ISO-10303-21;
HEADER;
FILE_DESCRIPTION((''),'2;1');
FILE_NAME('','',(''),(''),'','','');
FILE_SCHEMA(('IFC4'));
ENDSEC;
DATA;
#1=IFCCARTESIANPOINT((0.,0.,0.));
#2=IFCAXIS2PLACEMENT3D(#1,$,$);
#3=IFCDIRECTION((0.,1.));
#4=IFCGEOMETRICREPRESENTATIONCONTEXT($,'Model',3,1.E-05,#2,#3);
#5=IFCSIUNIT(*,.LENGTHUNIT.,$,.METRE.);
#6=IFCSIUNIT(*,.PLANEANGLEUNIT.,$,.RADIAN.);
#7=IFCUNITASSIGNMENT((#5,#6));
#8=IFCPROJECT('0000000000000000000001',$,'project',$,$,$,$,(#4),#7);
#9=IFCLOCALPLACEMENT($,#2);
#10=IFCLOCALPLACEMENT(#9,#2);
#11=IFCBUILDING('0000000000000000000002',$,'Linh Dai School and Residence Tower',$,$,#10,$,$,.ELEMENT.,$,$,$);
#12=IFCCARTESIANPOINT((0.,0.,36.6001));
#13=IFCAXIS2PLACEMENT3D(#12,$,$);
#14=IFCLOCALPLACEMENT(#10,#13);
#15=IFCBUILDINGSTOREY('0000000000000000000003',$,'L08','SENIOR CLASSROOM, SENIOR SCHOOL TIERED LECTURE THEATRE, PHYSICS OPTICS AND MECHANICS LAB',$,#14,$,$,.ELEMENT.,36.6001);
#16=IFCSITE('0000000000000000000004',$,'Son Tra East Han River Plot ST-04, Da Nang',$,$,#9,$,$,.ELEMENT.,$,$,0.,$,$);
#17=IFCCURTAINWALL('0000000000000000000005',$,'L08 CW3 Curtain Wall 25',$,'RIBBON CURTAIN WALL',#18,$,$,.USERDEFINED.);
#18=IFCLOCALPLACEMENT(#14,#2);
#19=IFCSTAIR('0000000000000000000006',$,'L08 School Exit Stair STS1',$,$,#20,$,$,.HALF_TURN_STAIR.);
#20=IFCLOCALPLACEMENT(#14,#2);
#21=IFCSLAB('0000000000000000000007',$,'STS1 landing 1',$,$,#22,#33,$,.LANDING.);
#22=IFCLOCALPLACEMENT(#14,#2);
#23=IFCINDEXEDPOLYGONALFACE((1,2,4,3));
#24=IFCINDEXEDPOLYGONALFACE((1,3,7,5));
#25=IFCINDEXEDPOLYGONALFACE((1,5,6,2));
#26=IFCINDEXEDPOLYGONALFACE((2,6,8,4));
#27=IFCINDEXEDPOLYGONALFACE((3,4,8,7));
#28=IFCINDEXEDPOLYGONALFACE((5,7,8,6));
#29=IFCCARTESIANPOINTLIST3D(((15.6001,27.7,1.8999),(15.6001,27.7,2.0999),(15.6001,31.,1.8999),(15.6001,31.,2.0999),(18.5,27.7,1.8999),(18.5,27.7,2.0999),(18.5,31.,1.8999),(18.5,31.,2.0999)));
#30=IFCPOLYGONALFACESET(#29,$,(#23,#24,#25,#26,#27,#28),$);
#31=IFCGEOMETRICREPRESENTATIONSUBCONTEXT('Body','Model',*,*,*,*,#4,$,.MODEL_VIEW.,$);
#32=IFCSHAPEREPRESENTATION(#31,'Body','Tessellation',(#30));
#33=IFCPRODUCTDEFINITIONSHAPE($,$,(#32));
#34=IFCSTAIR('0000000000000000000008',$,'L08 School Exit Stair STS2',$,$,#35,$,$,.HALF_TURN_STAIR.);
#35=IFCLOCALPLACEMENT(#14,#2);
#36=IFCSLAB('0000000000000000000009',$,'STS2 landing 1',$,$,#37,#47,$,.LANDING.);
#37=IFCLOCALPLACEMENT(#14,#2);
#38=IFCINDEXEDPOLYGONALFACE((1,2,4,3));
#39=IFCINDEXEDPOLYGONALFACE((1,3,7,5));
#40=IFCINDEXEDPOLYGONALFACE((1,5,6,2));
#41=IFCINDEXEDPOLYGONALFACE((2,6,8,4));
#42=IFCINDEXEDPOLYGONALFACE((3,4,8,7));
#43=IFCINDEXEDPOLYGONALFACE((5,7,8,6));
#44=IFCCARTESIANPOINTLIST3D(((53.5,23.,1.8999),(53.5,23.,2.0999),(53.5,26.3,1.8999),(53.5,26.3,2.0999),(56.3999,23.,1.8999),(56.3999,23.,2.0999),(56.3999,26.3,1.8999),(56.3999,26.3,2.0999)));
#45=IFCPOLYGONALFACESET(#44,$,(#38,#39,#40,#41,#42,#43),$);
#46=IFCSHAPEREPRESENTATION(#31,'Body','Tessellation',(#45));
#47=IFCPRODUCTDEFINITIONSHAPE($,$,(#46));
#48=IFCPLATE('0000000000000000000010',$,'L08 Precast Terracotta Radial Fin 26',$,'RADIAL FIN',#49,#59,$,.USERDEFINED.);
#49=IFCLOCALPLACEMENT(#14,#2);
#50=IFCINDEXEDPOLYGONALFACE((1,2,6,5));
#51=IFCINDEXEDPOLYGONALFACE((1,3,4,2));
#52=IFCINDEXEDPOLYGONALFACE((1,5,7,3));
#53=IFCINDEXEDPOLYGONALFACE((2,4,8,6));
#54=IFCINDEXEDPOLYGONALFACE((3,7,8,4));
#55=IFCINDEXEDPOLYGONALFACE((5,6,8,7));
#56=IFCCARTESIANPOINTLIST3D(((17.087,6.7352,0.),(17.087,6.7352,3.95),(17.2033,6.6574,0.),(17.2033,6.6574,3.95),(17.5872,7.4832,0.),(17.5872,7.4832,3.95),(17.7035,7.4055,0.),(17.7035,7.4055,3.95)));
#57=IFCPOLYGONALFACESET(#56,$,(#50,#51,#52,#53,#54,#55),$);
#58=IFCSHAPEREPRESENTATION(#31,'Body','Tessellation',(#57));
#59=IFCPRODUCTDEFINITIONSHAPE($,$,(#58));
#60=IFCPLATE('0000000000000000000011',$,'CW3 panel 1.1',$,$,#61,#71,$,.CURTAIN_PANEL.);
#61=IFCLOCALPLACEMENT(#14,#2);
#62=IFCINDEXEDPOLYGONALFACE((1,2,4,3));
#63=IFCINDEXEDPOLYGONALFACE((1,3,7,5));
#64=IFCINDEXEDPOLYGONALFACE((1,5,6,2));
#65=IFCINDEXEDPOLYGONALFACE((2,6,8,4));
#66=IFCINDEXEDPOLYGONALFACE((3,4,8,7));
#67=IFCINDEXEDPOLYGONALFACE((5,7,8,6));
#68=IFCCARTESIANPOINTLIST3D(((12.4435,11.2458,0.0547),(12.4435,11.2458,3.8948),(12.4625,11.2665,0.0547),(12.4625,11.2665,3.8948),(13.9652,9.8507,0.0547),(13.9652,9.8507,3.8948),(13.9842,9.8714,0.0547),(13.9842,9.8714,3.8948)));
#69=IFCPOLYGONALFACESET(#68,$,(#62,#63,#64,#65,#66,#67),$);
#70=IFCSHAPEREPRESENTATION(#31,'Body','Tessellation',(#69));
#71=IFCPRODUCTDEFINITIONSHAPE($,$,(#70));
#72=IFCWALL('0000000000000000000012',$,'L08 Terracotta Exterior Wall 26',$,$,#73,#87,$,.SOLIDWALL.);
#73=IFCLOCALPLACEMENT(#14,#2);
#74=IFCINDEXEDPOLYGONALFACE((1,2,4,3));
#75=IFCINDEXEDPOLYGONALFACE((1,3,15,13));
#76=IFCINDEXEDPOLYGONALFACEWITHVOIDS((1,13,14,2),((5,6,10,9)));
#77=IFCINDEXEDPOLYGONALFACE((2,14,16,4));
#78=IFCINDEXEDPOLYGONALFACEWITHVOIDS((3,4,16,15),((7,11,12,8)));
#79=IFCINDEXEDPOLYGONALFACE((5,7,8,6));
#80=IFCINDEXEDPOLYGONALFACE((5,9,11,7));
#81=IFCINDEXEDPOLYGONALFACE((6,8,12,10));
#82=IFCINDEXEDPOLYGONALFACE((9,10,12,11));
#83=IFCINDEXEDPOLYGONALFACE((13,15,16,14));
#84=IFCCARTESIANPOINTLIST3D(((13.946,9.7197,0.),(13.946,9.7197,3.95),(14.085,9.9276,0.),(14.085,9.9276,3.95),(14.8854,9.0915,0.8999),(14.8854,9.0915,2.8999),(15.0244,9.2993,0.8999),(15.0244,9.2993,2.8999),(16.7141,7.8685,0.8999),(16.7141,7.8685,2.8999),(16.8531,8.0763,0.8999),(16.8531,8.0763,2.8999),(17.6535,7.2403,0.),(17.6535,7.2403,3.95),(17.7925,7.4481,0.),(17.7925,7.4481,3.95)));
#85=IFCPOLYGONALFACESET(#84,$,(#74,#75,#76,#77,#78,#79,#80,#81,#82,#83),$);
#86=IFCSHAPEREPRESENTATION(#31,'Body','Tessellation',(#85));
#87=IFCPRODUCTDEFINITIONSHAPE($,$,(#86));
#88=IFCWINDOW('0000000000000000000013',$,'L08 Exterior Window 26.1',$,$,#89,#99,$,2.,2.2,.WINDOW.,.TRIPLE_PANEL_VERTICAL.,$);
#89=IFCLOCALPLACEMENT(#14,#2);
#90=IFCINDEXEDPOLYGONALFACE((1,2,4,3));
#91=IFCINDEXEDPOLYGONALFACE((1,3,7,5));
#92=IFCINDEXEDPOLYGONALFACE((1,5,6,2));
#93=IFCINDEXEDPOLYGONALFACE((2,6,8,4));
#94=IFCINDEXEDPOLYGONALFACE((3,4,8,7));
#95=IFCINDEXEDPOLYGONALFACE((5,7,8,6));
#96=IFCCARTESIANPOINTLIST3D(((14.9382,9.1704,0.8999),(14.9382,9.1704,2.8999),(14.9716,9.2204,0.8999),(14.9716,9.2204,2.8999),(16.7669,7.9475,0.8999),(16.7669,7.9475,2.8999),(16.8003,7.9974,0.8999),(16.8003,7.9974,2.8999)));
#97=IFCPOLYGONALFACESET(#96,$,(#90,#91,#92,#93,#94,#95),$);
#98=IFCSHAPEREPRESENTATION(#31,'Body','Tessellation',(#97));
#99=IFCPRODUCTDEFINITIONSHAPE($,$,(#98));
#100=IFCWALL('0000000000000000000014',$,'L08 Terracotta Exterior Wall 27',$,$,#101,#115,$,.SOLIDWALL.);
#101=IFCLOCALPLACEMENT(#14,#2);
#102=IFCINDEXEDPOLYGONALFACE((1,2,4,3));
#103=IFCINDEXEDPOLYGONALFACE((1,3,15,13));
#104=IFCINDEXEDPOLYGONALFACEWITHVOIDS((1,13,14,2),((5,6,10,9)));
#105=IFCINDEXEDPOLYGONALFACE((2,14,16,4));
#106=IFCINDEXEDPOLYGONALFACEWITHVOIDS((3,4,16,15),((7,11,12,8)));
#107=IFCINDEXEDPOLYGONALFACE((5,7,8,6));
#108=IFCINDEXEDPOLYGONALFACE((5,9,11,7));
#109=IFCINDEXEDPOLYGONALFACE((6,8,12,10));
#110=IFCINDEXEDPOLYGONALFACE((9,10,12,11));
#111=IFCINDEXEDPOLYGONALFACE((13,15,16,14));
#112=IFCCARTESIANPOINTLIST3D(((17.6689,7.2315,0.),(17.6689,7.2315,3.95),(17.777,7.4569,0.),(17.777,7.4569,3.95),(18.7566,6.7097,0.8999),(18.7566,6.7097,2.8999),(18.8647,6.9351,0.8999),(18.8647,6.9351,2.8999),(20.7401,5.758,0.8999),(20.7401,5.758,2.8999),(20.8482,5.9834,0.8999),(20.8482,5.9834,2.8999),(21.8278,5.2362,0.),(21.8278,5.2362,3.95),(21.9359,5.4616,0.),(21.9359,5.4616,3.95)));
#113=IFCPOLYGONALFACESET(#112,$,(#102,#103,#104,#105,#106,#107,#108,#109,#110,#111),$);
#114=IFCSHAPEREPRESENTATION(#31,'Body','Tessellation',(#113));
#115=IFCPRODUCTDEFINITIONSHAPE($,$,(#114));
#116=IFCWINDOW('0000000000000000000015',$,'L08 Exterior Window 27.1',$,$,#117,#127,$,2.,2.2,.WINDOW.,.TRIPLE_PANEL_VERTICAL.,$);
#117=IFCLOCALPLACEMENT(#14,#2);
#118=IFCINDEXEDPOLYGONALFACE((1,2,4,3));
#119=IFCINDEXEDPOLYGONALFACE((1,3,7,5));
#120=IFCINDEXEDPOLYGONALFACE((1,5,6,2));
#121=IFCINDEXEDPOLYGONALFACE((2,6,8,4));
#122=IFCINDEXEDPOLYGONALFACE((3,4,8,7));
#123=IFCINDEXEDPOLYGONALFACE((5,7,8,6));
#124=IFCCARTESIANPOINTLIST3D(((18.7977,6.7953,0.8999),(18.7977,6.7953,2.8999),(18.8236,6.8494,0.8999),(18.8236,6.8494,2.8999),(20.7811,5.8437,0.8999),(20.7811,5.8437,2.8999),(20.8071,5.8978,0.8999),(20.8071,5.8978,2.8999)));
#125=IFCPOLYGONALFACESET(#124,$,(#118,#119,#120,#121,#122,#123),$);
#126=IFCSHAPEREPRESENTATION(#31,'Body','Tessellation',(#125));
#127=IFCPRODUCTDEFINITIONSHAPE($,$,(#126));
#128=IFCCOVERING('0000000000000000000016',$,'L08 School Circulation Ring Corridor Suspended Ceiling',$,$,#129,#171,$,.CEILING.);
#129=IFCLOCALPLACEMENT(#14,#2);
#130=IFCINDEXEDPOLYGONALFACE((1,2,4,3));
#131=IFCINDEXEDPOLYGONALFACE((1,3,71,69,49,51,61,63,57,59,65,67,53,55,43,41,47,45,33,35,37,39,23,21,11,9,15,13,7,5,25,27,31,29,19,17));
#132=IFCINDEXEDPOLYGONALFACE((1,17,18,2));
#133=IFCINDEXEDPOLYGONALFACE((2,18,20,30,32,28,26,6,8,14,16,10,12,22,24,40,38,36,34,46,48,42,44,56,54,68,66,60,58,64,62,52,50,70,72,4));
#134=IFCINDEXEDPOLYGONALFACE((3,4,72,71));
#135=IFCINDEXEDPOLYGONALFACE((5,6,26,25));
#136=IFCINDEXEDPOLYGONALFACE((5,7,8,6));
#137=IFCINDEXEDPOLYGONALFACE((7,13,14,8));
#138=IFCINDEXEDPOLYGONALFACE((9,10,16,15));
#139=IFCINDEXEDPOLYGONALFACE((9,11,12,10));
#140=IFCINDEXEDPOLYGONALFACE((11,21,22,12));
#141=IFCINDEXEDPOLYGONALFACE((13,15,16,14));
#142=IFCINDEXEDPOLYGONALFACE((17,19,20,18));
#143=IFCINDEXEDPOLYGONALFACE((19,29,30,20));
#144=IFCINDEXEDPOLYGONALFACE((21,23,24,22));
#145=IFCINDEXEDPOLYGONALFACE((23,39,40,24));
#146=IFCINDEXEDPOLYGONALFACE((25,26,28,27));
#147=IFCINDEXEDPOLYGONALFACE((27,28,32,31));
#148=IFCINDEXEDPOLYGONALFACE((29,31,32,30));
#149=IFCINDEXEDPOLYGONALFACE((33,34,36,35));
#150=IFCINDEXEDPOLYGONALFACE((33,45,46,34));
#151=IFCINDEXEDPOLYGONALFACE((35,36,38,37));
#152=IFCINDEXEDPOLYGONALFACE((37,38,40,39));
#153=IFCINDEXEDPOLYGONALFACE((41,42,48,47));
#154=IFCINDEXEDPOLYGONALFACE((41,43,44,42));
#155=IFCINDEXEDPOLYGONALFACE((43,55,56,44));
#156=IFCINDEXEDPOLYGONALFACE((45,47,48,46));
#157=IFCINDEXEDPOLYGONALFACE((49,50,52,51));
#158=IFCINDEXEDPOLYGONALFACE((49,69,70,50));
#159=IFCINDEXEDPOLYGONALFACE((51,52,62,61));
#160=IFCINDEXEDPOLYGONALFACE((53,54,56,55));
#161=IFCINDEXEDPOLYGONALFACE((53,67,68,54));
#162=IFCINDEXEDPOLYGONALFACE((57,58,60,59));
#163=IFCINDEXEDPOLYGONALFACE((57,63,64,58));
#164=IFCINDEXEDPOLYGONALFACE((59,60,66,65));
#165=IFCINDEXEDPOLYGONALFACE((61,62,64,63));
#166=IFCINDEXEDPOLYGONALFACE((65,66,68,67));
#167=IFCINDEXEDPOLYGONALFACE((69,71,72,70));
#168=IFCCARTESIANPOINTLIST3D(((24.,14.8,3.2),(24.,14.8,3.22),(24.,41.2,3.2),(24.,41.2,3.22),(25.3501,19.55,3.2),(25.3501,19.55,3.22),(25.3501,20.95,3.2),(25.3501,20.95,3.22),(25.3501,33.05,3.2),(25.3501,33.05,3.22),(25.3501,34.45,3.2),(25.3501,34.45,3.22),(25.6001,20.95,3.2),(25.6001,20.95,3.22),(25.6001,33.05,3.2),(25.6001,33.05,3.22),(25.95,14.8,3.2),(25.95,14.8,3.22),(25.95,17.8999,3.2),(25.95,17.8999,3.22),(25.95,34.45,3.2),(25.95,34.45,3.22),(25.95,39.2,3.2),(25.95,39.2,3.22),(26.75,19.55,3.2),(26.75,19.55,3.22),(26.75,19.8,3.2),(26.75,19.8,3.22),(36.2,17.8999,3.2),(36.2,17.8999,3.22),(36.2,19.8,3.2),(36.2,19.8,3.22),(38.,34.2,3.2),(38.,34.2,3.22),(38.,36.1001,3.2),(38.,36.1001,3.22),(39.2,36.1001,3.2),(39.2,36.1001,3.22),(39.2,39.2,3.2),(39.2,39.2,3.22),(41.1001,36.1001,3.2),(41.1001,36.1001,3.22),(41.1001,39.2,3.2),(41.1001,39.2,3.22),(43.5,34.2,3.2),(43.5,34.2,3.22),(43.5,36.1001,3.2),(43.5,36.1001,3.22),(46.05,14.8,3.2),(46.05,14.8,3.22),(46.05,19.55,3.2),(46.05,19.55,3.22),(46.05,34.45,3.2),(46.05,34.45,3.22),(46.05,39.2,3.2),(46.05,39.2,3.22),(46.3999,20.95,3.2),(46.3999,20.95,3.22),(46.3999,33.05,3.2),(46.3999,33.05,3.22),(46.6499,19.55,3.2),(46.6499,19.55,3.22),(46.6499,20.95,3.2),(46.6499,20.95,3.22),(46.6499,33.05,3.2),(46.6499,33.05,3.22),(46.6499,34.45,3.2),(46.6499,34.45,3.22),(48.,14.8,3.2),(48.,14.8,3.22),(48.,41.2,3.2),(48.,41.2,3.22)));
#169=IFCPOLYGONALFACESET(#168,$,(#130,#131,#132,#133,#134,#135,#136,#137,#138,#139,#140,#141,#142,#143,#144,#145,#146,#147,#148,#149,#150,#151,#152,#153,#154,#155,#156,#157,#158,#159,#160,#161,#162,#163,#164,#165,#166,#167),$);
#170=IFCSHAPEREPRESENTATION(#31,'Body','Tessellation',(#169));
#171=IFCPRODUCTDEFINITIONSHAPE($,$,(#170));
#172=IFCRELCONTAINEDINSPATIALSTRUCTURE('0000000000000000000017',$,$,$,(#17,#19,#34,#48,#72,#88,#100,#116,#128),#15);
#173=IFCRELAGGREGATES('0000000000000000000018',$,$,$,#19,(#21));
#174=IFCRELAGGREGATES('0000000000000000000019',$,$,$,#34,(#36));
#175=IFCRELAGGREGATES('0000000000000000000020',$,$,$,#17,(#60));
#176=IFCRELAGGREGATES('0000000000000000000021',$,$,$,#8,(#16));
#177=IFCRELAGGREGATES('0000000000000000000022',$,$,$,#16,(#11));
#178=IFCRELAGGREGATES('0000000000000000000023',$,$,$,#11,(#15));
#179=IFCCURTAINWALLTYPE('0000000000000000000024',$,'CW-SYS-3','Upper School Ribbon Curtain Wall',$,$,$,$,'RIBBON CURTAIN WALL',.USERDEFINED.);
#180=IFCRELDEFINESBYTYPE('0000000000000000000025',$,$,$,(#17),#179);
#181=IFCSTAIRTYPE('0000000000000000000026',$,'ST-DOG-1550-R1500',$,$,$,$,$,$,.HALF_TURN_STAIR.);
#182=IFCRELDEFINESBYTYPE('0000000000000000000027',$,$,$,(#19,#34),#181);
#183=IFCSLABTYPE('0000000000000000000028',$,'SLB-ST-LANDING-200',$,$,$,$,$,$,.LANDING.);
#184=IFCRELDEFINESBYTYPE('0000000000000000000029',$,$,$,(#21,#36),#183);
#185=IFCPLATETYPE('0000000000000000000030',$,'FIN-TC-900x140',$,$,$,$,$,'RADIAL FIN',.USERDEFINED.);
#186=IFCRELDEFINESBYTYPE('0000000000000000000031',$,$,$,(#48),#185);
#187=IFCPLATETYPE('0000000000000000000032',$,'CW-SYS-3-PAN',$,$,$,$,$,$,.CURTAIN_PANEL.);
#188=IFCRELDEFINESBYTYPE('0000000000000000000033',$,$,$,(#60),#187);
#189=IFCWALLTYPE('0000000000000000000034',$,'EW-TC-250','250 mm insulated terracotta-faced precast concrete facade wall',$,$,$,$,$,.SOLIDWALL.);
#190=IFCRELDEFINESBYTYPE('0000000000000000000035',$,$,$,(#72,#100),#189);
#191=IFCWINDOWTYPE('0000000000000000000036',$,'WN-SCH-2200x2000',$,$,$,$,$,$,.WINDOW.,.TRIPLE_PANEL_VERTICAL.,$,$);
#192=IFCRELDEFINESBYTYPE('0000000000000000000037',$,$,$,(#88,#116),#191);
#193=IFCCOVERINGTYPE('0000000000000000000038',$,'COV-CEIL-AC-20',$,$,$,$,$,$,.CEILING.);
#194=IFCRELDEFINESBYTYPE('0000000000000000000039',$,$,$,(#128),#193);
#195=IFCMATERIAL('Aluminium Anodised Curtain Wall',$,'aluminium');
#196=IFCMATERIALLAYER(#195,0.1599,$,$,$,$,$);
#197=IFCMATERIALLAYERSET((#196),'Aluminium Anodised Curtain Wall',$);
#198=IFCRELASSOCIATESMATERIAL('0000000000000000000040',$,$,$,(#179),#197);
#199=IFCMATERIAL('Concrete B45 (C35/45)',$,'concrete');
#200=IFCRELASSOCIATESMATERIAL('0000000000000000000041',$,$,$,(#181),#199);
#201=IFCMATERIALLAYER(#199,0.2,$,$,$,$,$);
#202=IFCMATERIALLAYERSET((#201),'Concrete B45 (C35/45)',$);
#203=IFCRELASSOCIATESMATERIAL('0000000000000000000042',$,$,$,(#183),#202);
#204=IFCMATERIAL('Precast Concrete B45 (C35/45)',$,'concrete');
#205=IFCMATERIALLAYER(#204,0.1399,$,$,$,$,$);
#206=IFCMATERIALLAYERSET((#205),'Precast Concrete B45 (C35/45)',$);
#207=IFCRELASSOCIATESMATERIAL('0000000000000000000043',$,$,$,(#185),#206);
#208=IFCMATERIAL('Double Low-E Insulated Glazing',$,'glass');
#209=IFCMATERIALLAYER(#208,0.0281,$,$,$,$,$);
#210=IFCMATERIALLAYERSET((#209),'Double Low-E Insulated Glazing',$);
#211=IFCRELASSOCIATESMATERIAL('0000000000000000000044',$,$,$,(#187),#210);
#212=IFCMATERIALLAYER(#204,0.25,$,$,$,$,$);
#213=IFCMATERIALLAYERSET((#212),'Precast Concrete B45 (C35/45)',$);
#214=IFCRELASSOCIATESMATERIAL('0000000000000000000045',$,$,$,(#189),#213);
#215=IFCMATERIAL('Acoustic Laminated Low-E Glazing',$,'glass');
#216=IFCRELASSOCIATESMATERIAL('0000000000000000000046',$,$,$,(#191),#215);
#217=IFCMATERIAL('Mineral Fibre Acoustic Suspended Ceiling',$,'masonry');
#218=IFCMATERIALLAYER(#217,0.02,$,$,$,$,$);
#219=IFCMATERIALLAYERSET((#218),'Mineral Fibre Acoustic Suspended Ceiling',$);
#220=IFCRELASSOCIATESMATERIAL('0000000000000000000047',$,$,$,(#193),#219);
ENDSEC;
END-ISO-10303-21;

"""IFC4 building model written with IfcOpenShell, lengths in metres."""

from ifc_helpers import new_model, si_unit, direction, frame, frame_2d, origin, origin_2d, place, context, subcontext, project, spatial, polyline, rectangle, outline, extrude, source, transform, mapped, material, layer, layer_set, type_object, element, fill, aggregate, save


model = new_model("IFC4")

# Units and contexts
model_context = context("Model", 3, precision=1e-05, world=origin(), true_north=direction((0.0, 1.0)))
body_context = subcontext(model_context, "Body", "Model", "MODEL_VIEW")
ifc_project = project(units=[si_unit("LENGTHUNIT", "METRE"), si_unit("PLANEANGLEUNIT", "RADIAN")], contexts=[model_context])

# Site, building, storey
site_placement = place(None, origin())
site = spatial("IfcSite", under=ifc_project, at=site_placement, Name="Son Tra East Han River Plot ST-04, Da Nang", CompositionType="ELEMENT", RefElevation=0.0)
building_placement = place(site_placement, origin())
building = spatial("IfcBuilding", under=site, at=building_placement, Name="Linh Dai School and Residence Tower", CompositionType="ELEMENT")
storey_placement = place(building_placement, frame((0.0, 0.0, 36.6001)))
storey = spatial("IfcBuildingStorey", under=building, at=storey_placement, Name="L08", Description="SENIOR CLASSROOM, SENIOR SCHOOL TIERED LECTURE THEATRE, PHYSICS OPTICS AND MECHANICS LAB", CompositionType="ELEMENT", Elevation=36.6001)

# Curtain wall
ifc_material_1 = material(Name="Aluminium Anodised Curtain Wall", Category="aluminium")
ifc_layer_1 = layer(ifc_material_1, 0.1599)
ifc_layer_set_1 = layer_set([ifc_layer_1], Name="Aluminium Anodised Curtain Wall")
curtain_wall_type = type_object("IfcCurtainWallType", Name="CW-SYS-3", Description="Upper School Ribbon Curtain Wall", ElementType="RIBBON CURTAIN WALL", PredefinedType="USERDEFINED", material=ifc_layer_set_1)
curtain_wall_placement = place(storey_placement, origin())
curtain_wall = element("IfcCurtainWall", 1, at=curtain_wall_placement, inside=storey, type_object=curtain_wall_type, Name="L08 CW3 Curtain Wall 25", ObjectType="RIBBON CURTAIN WALL", PredefinedType="USERDEFINED")

# Shared definitions
ifc_material_2 = material(Name="Concrete B45 (C35/45)", Category="concrete")

# Stairs, slabs
stair_type = type_object("IfcStairType", Name="ST-DOG-1550-R1500", PredefinedType="HALF_TURN_STAIR", material=ifc_material_2)
ifc_layer_2 = layer(ifc_material_2, 0.2)
ifc_layer_set_2 = layer_set([ifc_layer_2], Name="Concrete B45 (C35/45)")
slab_type_1 = type_object("IfcSlabType", Name="SLB-ST-LANDING-200", PredefinedType="LANDING", material=ifc_layer_set_2)
stair_1_placement = place(storey_placement, origin())
stair_1 = element("IfcStair", 2, at=stair_1_placement, inside=storey, type_object=stair_type, Name="L08 School Exit Stair STS1", PredefinedType="HALF_TURN_STAIR")
slab_1_placement = place(storey_placement, frame((0.0, 0.0, 1.8999)))
slab_1 = element("IfcSlab", 3, at=slab_1_placement, type_object=slab_type_1, Name="STS1 landing 1", PredefinedType="LANDING", context=body_context, shape_type="SweptSolid", body=[
    extrude(outline(polyline([(18.5, 31.0), (15.6001, 31.0), (15.6001, 27.7), (18.5, 27.7), (18.5, 31.0)])), origin(), (0.0, 0.0, 1.0), 0.2),
])
aggregate(stair_1, [slab_1])
stair_2_placement = place(storey_placement, origin())
stair_2 = element("IfcStair", 4, at=stair_2_placement, inside=storey, type_object=stair_type, Name="L08 School Exit Stair STS2", PredefinedType="HALF_TURN_STAIR")
slab_2_placement = place(storey_placement, frame((0.0, 0.0, 1.8999)))
slab_2 = element("IfcSlab", 5, at=slab_2_placement, type_object=slab_type_1, Name="STS2 landing 1", PredefinedType="LANDING", context=body_context, shape_type="SweptSolid", body=[
    extrude(outline(polyline([(53.5, 23.0), (56.3999, 23.0), (56.3999, 26.3), (53.5, 26.3), (53.5, 23.0)])), origin(), (0.0, 0.0, 1.0), 0.2),
])
aggregate(stair_2, [slab_2])

# Plates
ifc_material_3 = material(Name="Precast Concrete B45 (C35/45)", Category="concrete")
ifc_layer_3 = layer(ifc_material_3, 0.1399)
ifc_layer_set_3 = layer_set([ifc_layer_3], Name="Precast Concrete B45 (C35/45)")
plate_type_1 = type_object("IfcPlateType", Name="FIN-TC-900x140", ElementType="RADIAL FIN", PredefinedType="USERDEFINED", material=ifc_layer_set_3)
shared_shape_1 = source(origin(), body_context, "Body", "SweptSolid", [
    extrude(rectangle(XDim=0.8999, YDim=0.1399, at=origin_2d()), origin(), (0.0, 0.0, 1.0), 3.95),
])
plate_1_placement = place(storey_placement, frame((17.3953, 7.0703, 0.0), z_axis=(0.0, 0.0, 1.0), x_axis=(-0.555898, -0.831251, 0.0)))
element("IfcPlate", 6, at=plate_1_placement, inside=storey, type_object=plate_type_1, Name="L08 Precast Terracotta Radial Fin 26", ObjectType="RADIAL FIN", PredefinedType="USERDEFINED", context=body_context, shape_type="MappedRepresentation", body=[
    mapped(shared_shape_1, transform((0.0, 0.0, 0.0), x_axis=(1.0, 0.0, 0.0), y_axis=(0.0, 1.0, 0.0), z_axis=(0.0, 0.0, 1.0), scale=1.0)),
])
ifc_material_4 = material(Name="Double Low-E Insulated Glazing", Category="glass")
ifc_layer_4 = layer(ifc_material_4, 0.0281)
ifc_layer_set_4 = layer_set([ifc_layer_4], Name="Double Low-E Insulated Glazing")
plate_type_2 = type_object("IfcPlateType", Name="CW-SYS-3-PAN", PredefinedType="CURTAIN_PANEL", material=ifc_layer_set_4)
shared_shape_2 = source(origin(), body_context, "Body", "SweptSolid", [
    extrude(rectangle(XDim=2.0645, YDim=0.0281, at=origin_2d()), origin(), (0.0, 0.0, 1.0), 3.8401),
])
plate_2_placement = place(storey_placement, frame((13.2139, 10.5586, 0.0547), z_axis=(0.0, 0.0, 1.0), x_axis=(-0.737113, 0.675769, 0.0)))
plate_2 = element("IfcPlate", 7, at=plate_2_placement, type_object=plate_type_2, Name="CW3 panel 1.1", PredefinedType="CURTAIN_PANEL", context=body_context, shape_type="MappedRepresentation", body=[
    mapped(shared_shape_2, transform((0.0, 0.0, 0.0), x_axis=(1.0, 0.0, 0.0), y_axis=(0.0, 1.0, 0.0), z_axis=(0.0, 0.0, 1.0), scale=1.0)),
])
aggregate(curtain_wall, [plate_2])

# Walls, openings, windows
ifc_layer_5 = layer(ifc_material_3, 0.25)
ifc_layer_set_5 = layer_set([ifc_layer_5], Name="Precast Concrete B45 (C35/45)")
wall_type = type_object("IfcWallType", Name="EW-TC-250", Description="250 mm insulated terracotta-faced precast concrete facade wall", PredefinedType="SOLIDWALL", material=ifc_layer_set_5)
wall_1_placement = place(storey_placement, frame((17.7229, 7.3442, 0.0), z_axis=(0.0, 0.0, 1.0), x_axis=(-0.831241, 0.555912, 0.0)))
wall_1 = element("IfcWall", 8, at=wall_1_placement, inside=storey, type_object=wall_type, Name="L08 Terracotta Exterior Wall 26", PredefinedType="SOLIDWALL", context=body_context, shape_type="SweptSolid", body=[
    extrude(rectangle(XDim=4.4602, YDim=0.25, at=frame_2d((2.23, 0.0))), origin(), (0.0, 0.0, 1.0), 3.95),
])
opening_1_placement = place(wall_1_placement, frame((1.1299, 0.0, 0.8999)))
opening_1 = element("IfcOpeningElement", 9, at=opening_1_placement, cuts=wall_1, PredefinedType="OPENING", context=body_context, shape_type="SweptSolid", body=[
    extrude(rectangle(XDim=2.2, YDim=2.0, at=origin_2d()), frame((1.1001, 0.135, 1.0), z_axis=(0.0, -1.0, 0.0), x_axis=(1.0, 0.0, 0.0)), (0.0, 0.0, 1.0), 0.27),
])
ifc_material_5 = material(Name="Acoustic Laminated Low-E Glazing", Category="glass")
window_type = type_object("IfcWindowType", Name="WN-SCH-2200x2000", PartitioningType="TRIPLE_PANEL_VERTICAL", PredefinedType="WINDOW", material=ifc_material_5)
shared_shape_3 = source(origin(), body_context, "Body", "SweptSolid", [
    extrude(rectangle(XDim=2.2, YDim=2.0, at=origin_2d()), frame((1.1001, 0.03, 1.0), z_axis=(0.0, -1.0, 0.0), x_axis=(1.0, 0.0, 0.0)), (0.0, 0.0, 1.0), 0.0601),
])
window_1_placement = place(opening_1_placement, origin())
window_1 = element("IfcWindow", 10, at=window_1_placement, inside=storey, type_object=window_type, Name="L08 Exterior Window 26.1", OverallHeight=2.0, OverallWidth=2.2, PartitioningType="TRIPLE_PANEL_VERTICAL", PredefinedType="WINDOW", context=body_context, shape_type="MappedRepresentation", body=[
    mapped(shared_shape_3, transform((0.0, 0.0, 0.0), x_axis=(1.0, 0.0, 0.0), y_axis=(0.0, 1.0, 0.0), z_axis=(0.0, 0.0, 1.0), scale=1.0)),
])
fill(opening_1, window_1)
wall_2_placement = place(storey_placement, frame((21.8818, 5.3489, 0.0), z_axis=(0.0, 0.0, 1.0), x_axis=(-0.901602, 0.432568, 0.0)))
wall_2 = element("IfcWall", 11, at=wall_2_placement, inside=storey, type_object=wall_type, Name="L08 Terracotta Exterior Wall 27", PredefinedType="SOLIDWALL", context=body_context, shape_type="SweptSolid", body=[
    extrude(rectangle(XDim=4.6128, YDim=0.25, at=frame_2d((2.3064, 0.0))), origin(), (0.0, 0.0, 1.0), 3.95),
])
opening_2_placement = place(wall_2_placement, frame((1.2063, 0.0, 0.8999)))
opening_2 = element("IfcOpeningElement", 12, at=opening_2_placement, cuts=wall_2, PredefinedType="OPENING", context=body_context, shape_type="SweptSolid", body=[
    extrude(rectangle(XDim=2.2, YDim=2.0, at=origin_2d()), frame((1.1001, 0.135, 1.0), z_axis=(0.0, -1.0, 0.0), x_axis=(1.0, 0.0, 0.0)), (0.0, 0.0, 1.0), 0.27),
])
window_2_placement = place(opening_2_placement, origin())
window_2 = element("IfcWindow", 13, at=window_2_placement, inside=storey, type_object=window_type, Name="L08 Exterior Window 27.1", OverallHeight=2.0, OverallWidth=2.2, PartitioningType="TRIPLE_PANEL_VERTICAL", PredefinedType="WINDOW", context=body_context, shape_type="MappedRepresentation", body=[
    mapped(shared_shape_3, transform((0.0, 0.0, 0.0), x_axis=(1.0, 0.0, 0.0), y_axis=(0.0, 1.0, 0.0), z_axis=(0.0, 0.0, 1.0), scale=1.0)),
])
fill(opening_2, window_2)

# Covering
ifc_material_6 = material(Name="Mineral Fibre Acoustic Suspended Ceiling", Category="masonry")
ifc_layer_6 = layer(ifc_material_6, 0.02)
ifc_layer_set_6 = layer_set([ifc_layer_6], Name="Mineral Fibre Acoustic Suspended Ceiling")
covering_type_1 = type_object("IfcCoveringType", Name="COV-CEIL-AC-20", PredefinedType="CEILING", material=ifc_layer_set_6)
covering_1_placement = place(storey_placement, frame((0.0, 0.0, 3.2)))
element("IfcCovering", 14, at=covering_1_placement, inside=storey, type_object=covering_type_1, Name="L08 School Circulation Ring Corridor Suspended Ceiling", PredefinedType="CEILING", context=body_context, shape_type="SweptSolid", body=[
    extrude(outline(polyline([(24.0, 41.2), (48.0, 41.2), (48.0, 14.8), (46.05, 14.8), (46.05, 19.55), (46.6499, 19.55), (46.6499, 20.95), (46.3999, 20.95), (46.3999, 33.05), (46.6499, 33.05), (46.6499, 34.45), (46.05, 34.45), (46.05, 39.2), (41.1001, 39.2), (41.1001, 36.1001), (43.5, 36.1001), (43.5, 34.2), (38.0, 34.2), (38.0, 36.1001), (39.2, 36.1001), (39.2, 39.2), (25.95, 39.2), (25.95, 34.45), (25.3501, 34.45), (25.3501, 33.05), (25.6001, 33.05), (25.6001, 20.95), (25.3501, 20.95), (25.3501, 19.55), (26.75, 19.55), (26.75, 19.8), (36.2, 19.8), (36.2, 17.8999), (25.95, 17.8999), (25.95, 14.8), (24.0, 14.8), (24.0, 41.2)])), origin(), (0.0, 0.0, 1.0), 0.02),
])

save(model, "model.ifc")
